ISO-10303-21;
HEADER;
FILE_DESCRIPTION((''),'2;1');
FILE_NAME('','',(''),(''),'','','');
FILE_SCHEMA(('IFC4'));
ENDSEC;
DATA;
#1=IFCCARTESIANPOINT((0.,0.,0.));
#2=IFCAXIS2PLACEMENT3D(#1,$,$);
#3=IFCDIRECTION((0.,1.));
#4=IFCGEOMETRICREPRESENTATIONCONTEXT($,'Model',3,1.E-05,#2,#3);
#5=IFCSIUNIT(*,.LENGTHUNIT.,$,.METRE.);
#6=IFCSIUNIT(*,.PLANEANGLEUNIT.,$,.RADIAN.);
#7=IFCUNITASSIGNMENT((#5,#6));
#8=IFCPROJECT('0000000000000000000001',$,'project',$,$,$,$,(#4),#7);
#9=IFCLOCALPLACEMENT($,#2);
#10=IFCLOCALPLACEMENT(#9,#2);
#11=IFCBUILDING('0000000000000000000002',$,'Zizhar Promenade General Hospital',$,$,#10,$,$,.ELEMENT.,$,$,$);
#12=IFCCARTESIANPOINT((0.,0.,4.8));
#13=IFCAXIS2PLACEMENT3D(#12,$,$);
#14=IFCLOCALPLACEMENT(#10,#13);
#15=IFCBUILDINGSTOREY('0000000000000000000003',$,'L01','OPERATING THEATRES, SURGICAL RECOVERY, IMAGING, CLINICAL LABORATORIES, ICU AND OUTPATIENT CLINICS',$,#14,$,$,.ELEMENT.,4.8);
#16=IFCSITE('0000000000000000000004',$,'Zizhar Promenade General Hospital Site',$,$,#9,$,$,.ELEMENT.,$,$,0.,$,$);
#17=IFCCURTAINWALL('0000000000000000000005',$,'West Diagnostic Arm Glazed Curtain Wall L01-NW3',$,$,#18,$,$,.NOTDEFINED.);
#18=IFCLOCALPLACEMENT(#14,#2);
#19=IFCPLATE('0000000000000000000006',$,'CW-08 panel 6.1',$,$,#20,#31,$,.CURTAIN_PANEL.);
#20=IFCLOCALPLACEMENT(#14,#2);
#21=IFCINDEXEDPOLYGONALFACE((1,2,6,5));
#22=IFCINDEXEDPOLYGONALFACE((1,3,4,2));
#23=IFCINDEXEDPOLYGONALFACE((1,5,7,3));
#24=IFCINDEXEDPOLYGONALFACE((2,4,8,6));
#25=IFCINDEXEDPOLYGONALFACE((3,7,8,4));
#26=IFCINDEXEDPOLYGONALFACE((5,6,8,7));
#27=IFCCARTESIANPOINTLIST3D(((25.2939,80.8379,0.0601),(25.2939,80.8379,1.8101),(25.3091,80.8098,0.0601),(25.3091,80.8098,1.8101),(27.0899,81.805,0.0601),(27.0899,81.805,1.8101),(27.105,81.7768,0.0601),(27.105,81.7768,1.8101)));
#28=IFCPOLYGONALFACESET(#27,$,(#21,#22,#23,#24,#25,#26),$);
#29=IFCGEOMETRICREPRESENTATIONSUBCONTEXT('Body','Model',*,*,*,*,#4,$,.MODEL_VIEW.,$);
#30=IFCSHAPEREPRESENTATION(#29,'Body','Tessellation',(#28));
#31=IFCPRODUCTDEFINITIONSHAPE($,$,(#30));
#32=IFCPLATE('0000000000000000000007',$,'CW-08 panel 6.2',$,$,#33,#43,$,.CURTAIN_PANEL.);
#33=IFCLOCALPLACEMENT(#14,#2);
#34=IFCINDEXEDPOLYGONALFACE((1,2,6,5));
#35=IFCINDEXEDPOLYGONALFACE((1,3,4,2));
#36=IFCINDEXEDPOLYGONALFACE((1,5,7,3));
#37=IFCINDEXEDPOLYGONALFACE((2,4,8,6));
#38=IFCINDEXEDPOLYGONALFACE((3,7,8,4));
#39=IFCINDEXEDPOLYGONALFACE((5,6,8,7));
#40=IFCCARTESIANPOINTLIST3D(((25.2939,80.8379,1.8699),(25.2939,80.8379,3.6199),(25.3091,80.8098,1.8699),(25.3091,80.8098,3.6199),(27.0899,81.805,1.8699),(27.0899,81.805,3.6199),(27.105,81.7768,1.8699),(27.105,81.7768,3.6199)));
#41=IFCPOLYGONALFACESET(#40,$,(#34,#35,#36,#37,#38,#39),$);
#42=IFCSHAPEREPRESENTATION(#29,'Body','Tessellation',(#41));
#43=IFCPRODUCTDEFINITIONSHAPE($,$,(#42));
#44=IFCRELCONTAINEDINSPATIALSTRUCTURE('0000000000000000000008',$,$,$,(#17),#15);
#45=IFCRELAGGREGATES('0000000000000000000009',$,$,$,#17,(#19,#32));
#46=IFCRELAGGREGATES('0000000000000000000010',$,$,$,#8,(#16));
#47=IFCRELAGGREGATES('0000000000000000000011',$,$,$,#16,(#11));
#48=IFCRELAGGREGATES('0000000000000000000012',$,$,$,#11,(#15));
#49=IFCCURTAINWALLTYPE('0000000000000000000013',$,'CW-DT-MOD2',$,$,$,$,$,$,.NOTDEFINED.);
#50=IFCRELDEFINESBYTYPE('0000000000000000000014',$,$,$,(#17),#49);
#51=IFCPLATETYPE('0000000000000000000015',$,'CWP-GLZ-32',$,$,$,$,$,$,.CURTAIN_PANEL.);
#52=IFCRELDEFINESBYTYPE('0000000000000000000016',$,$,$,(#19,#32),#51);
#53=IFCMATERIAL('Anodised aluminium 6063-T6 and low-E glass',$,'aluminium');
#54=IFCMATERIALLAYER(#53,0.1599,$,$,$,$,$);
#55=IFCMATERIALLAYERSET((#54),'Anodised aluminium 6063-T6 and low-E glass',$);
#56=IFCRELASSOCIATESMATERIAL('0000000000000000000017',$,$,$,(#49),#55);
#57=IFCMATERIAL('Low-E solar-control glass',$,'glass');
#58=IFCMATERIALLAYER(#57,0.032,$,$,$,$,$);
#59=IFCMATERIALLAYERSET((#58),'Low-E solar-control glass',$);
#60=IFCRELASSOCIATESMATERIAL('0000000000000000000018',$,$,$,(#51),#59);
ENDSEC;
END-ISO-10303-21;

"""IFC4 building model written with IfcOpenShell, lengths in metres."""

from ifc_helpers import new_model, si_unit, direction, frame, origin, origin_2d, place, context, subcontext, project, spatial, rectangle, extrude, material, layer, layer_set, type_object, element, aggregate, save


model = new_model("IFC4")

# Units and contexts
model_context = context("Model", 3, precision=1e-05, world=origin(), true_north=direction((0.0, 1.0)))
body_context = subcontext(model_context, "Body", "Model", "MODEL_VIEW")
ifc_project = project(units=[si_unit("LENGTHUNIT", "METRE"), si_unit("PLANEANGLEUNIT", "RADIAN")], contexts=[model_context])

# Site, building, storey
site_placement = place(None, origin())
site = spatial("IfcSite", under=ifc_project, at=site_placement, Name="Zizhar Promenade General Hospital Site", CompositionType="ELEMENT", RefElevation=0.0)
building_placement = place(site_placement, origin())
building = spatial("IfcBuilding", under=site, at=building_placement, Name="Zizhar Promenade General Hospital", CompositionType="ELEMENT")
storey_placement = place(building_placement, frame((0.0, 0.0, 4.8)))
storey = spatial("IfcBuildingStorey", under=building, at=storey_placement, Name="L01", Description="OPERATING THEATRES, SURGICAL RECOVERY, IMAGING, CLINICAL LABORATORIES, ICU AND OUTPATIENT CLINICS", CompositionType="ELEMENT", Elevation=4.8)

# Curtain wall, plates
ifc_material_1 = material(Name="Anodised aluminium 6063-T6 and low-E glass", Category="aluminium")
ifc_layer_1 = layer(ifc_material_1, 0.1599)
ifc_layer_set_1 = layer_set([ifc_layer_1], Name="Anodised aluminium 6063-T6 and low-E glass")
curtain_wall_type = type_object("IfcCurtainWallType", Name="CW-DT-MOD2", PredefinedType="NOTDEFINED", material=ifc_layer_set_1)
curtain_wall_placement = place(storey_placement, origin())
curtain_wall = element("IfcCurtainWall", 1, at=curtain_wall_placement, inside=storey, type_object=curtain_wall_type, Name="West Diagnostic Arm Glazed Curtain Wall L01-NW3", PredefinedType="NOTDEFINED")
ifc_material_2 = material(Name="Low-E solar-control glass", Category="glass")
ifc_layer_2 = layer(ifc_material_2, 0.032)
ifc_layer_set_2 = layer_set([ifc_layer_2], Name="Low-E solar-control glass")
plate_type = type_object("IfcPlateType", Name="CWP-GLZ-32", PredefinedType="CURTAIN_PANEL", material=ifc_layer_set_2)
plate_1_placement = place(storey_placement, frame((26.1995, 81.3074, 0.0601), z_axis=(0.0, 0.0, 1.0), x_axis=(0.880473, 0.474097, 0.0)))
plate_1 = element("IfcPlate", 2, at=plate_1_placement, type_object=plate_type, Name="CW-08 panel 6.1", PredefinedType="CURTAIN_PANEL", context=body_context, shape_type="SweptSolid", body=[
    extrude(rectangle(XDim=2.0398, YDim=0.032, at=origin_2d()), origin(), (0.0, 0.0, 1.0), 1.75),
])
plate_2_placement = place(storey_placement, frame((26.1995, 81.3074, 1.8699), z_axis=(0.0, 0.0, 1.0), x_axis=(0.880473, 0.474097, 0.0)))
plate_2 = element("IfcPlate", 3, at=plate_2_placement, type_object=plate_type, Name="CW-08 panel 6.2", PredefinedType="CURTAIN_PANEL", context=body_context, shape_type="SweptSolid", body=[
    extrude(rectangle(XDim=2.0398, YDim=0.032, at=origin_2d()), origin(), (0.0, 0.0, 1.0), 1.75),
])
aggregate(curtain_wall, [plate_1, plate_2])

save(model, "model.ifc")
